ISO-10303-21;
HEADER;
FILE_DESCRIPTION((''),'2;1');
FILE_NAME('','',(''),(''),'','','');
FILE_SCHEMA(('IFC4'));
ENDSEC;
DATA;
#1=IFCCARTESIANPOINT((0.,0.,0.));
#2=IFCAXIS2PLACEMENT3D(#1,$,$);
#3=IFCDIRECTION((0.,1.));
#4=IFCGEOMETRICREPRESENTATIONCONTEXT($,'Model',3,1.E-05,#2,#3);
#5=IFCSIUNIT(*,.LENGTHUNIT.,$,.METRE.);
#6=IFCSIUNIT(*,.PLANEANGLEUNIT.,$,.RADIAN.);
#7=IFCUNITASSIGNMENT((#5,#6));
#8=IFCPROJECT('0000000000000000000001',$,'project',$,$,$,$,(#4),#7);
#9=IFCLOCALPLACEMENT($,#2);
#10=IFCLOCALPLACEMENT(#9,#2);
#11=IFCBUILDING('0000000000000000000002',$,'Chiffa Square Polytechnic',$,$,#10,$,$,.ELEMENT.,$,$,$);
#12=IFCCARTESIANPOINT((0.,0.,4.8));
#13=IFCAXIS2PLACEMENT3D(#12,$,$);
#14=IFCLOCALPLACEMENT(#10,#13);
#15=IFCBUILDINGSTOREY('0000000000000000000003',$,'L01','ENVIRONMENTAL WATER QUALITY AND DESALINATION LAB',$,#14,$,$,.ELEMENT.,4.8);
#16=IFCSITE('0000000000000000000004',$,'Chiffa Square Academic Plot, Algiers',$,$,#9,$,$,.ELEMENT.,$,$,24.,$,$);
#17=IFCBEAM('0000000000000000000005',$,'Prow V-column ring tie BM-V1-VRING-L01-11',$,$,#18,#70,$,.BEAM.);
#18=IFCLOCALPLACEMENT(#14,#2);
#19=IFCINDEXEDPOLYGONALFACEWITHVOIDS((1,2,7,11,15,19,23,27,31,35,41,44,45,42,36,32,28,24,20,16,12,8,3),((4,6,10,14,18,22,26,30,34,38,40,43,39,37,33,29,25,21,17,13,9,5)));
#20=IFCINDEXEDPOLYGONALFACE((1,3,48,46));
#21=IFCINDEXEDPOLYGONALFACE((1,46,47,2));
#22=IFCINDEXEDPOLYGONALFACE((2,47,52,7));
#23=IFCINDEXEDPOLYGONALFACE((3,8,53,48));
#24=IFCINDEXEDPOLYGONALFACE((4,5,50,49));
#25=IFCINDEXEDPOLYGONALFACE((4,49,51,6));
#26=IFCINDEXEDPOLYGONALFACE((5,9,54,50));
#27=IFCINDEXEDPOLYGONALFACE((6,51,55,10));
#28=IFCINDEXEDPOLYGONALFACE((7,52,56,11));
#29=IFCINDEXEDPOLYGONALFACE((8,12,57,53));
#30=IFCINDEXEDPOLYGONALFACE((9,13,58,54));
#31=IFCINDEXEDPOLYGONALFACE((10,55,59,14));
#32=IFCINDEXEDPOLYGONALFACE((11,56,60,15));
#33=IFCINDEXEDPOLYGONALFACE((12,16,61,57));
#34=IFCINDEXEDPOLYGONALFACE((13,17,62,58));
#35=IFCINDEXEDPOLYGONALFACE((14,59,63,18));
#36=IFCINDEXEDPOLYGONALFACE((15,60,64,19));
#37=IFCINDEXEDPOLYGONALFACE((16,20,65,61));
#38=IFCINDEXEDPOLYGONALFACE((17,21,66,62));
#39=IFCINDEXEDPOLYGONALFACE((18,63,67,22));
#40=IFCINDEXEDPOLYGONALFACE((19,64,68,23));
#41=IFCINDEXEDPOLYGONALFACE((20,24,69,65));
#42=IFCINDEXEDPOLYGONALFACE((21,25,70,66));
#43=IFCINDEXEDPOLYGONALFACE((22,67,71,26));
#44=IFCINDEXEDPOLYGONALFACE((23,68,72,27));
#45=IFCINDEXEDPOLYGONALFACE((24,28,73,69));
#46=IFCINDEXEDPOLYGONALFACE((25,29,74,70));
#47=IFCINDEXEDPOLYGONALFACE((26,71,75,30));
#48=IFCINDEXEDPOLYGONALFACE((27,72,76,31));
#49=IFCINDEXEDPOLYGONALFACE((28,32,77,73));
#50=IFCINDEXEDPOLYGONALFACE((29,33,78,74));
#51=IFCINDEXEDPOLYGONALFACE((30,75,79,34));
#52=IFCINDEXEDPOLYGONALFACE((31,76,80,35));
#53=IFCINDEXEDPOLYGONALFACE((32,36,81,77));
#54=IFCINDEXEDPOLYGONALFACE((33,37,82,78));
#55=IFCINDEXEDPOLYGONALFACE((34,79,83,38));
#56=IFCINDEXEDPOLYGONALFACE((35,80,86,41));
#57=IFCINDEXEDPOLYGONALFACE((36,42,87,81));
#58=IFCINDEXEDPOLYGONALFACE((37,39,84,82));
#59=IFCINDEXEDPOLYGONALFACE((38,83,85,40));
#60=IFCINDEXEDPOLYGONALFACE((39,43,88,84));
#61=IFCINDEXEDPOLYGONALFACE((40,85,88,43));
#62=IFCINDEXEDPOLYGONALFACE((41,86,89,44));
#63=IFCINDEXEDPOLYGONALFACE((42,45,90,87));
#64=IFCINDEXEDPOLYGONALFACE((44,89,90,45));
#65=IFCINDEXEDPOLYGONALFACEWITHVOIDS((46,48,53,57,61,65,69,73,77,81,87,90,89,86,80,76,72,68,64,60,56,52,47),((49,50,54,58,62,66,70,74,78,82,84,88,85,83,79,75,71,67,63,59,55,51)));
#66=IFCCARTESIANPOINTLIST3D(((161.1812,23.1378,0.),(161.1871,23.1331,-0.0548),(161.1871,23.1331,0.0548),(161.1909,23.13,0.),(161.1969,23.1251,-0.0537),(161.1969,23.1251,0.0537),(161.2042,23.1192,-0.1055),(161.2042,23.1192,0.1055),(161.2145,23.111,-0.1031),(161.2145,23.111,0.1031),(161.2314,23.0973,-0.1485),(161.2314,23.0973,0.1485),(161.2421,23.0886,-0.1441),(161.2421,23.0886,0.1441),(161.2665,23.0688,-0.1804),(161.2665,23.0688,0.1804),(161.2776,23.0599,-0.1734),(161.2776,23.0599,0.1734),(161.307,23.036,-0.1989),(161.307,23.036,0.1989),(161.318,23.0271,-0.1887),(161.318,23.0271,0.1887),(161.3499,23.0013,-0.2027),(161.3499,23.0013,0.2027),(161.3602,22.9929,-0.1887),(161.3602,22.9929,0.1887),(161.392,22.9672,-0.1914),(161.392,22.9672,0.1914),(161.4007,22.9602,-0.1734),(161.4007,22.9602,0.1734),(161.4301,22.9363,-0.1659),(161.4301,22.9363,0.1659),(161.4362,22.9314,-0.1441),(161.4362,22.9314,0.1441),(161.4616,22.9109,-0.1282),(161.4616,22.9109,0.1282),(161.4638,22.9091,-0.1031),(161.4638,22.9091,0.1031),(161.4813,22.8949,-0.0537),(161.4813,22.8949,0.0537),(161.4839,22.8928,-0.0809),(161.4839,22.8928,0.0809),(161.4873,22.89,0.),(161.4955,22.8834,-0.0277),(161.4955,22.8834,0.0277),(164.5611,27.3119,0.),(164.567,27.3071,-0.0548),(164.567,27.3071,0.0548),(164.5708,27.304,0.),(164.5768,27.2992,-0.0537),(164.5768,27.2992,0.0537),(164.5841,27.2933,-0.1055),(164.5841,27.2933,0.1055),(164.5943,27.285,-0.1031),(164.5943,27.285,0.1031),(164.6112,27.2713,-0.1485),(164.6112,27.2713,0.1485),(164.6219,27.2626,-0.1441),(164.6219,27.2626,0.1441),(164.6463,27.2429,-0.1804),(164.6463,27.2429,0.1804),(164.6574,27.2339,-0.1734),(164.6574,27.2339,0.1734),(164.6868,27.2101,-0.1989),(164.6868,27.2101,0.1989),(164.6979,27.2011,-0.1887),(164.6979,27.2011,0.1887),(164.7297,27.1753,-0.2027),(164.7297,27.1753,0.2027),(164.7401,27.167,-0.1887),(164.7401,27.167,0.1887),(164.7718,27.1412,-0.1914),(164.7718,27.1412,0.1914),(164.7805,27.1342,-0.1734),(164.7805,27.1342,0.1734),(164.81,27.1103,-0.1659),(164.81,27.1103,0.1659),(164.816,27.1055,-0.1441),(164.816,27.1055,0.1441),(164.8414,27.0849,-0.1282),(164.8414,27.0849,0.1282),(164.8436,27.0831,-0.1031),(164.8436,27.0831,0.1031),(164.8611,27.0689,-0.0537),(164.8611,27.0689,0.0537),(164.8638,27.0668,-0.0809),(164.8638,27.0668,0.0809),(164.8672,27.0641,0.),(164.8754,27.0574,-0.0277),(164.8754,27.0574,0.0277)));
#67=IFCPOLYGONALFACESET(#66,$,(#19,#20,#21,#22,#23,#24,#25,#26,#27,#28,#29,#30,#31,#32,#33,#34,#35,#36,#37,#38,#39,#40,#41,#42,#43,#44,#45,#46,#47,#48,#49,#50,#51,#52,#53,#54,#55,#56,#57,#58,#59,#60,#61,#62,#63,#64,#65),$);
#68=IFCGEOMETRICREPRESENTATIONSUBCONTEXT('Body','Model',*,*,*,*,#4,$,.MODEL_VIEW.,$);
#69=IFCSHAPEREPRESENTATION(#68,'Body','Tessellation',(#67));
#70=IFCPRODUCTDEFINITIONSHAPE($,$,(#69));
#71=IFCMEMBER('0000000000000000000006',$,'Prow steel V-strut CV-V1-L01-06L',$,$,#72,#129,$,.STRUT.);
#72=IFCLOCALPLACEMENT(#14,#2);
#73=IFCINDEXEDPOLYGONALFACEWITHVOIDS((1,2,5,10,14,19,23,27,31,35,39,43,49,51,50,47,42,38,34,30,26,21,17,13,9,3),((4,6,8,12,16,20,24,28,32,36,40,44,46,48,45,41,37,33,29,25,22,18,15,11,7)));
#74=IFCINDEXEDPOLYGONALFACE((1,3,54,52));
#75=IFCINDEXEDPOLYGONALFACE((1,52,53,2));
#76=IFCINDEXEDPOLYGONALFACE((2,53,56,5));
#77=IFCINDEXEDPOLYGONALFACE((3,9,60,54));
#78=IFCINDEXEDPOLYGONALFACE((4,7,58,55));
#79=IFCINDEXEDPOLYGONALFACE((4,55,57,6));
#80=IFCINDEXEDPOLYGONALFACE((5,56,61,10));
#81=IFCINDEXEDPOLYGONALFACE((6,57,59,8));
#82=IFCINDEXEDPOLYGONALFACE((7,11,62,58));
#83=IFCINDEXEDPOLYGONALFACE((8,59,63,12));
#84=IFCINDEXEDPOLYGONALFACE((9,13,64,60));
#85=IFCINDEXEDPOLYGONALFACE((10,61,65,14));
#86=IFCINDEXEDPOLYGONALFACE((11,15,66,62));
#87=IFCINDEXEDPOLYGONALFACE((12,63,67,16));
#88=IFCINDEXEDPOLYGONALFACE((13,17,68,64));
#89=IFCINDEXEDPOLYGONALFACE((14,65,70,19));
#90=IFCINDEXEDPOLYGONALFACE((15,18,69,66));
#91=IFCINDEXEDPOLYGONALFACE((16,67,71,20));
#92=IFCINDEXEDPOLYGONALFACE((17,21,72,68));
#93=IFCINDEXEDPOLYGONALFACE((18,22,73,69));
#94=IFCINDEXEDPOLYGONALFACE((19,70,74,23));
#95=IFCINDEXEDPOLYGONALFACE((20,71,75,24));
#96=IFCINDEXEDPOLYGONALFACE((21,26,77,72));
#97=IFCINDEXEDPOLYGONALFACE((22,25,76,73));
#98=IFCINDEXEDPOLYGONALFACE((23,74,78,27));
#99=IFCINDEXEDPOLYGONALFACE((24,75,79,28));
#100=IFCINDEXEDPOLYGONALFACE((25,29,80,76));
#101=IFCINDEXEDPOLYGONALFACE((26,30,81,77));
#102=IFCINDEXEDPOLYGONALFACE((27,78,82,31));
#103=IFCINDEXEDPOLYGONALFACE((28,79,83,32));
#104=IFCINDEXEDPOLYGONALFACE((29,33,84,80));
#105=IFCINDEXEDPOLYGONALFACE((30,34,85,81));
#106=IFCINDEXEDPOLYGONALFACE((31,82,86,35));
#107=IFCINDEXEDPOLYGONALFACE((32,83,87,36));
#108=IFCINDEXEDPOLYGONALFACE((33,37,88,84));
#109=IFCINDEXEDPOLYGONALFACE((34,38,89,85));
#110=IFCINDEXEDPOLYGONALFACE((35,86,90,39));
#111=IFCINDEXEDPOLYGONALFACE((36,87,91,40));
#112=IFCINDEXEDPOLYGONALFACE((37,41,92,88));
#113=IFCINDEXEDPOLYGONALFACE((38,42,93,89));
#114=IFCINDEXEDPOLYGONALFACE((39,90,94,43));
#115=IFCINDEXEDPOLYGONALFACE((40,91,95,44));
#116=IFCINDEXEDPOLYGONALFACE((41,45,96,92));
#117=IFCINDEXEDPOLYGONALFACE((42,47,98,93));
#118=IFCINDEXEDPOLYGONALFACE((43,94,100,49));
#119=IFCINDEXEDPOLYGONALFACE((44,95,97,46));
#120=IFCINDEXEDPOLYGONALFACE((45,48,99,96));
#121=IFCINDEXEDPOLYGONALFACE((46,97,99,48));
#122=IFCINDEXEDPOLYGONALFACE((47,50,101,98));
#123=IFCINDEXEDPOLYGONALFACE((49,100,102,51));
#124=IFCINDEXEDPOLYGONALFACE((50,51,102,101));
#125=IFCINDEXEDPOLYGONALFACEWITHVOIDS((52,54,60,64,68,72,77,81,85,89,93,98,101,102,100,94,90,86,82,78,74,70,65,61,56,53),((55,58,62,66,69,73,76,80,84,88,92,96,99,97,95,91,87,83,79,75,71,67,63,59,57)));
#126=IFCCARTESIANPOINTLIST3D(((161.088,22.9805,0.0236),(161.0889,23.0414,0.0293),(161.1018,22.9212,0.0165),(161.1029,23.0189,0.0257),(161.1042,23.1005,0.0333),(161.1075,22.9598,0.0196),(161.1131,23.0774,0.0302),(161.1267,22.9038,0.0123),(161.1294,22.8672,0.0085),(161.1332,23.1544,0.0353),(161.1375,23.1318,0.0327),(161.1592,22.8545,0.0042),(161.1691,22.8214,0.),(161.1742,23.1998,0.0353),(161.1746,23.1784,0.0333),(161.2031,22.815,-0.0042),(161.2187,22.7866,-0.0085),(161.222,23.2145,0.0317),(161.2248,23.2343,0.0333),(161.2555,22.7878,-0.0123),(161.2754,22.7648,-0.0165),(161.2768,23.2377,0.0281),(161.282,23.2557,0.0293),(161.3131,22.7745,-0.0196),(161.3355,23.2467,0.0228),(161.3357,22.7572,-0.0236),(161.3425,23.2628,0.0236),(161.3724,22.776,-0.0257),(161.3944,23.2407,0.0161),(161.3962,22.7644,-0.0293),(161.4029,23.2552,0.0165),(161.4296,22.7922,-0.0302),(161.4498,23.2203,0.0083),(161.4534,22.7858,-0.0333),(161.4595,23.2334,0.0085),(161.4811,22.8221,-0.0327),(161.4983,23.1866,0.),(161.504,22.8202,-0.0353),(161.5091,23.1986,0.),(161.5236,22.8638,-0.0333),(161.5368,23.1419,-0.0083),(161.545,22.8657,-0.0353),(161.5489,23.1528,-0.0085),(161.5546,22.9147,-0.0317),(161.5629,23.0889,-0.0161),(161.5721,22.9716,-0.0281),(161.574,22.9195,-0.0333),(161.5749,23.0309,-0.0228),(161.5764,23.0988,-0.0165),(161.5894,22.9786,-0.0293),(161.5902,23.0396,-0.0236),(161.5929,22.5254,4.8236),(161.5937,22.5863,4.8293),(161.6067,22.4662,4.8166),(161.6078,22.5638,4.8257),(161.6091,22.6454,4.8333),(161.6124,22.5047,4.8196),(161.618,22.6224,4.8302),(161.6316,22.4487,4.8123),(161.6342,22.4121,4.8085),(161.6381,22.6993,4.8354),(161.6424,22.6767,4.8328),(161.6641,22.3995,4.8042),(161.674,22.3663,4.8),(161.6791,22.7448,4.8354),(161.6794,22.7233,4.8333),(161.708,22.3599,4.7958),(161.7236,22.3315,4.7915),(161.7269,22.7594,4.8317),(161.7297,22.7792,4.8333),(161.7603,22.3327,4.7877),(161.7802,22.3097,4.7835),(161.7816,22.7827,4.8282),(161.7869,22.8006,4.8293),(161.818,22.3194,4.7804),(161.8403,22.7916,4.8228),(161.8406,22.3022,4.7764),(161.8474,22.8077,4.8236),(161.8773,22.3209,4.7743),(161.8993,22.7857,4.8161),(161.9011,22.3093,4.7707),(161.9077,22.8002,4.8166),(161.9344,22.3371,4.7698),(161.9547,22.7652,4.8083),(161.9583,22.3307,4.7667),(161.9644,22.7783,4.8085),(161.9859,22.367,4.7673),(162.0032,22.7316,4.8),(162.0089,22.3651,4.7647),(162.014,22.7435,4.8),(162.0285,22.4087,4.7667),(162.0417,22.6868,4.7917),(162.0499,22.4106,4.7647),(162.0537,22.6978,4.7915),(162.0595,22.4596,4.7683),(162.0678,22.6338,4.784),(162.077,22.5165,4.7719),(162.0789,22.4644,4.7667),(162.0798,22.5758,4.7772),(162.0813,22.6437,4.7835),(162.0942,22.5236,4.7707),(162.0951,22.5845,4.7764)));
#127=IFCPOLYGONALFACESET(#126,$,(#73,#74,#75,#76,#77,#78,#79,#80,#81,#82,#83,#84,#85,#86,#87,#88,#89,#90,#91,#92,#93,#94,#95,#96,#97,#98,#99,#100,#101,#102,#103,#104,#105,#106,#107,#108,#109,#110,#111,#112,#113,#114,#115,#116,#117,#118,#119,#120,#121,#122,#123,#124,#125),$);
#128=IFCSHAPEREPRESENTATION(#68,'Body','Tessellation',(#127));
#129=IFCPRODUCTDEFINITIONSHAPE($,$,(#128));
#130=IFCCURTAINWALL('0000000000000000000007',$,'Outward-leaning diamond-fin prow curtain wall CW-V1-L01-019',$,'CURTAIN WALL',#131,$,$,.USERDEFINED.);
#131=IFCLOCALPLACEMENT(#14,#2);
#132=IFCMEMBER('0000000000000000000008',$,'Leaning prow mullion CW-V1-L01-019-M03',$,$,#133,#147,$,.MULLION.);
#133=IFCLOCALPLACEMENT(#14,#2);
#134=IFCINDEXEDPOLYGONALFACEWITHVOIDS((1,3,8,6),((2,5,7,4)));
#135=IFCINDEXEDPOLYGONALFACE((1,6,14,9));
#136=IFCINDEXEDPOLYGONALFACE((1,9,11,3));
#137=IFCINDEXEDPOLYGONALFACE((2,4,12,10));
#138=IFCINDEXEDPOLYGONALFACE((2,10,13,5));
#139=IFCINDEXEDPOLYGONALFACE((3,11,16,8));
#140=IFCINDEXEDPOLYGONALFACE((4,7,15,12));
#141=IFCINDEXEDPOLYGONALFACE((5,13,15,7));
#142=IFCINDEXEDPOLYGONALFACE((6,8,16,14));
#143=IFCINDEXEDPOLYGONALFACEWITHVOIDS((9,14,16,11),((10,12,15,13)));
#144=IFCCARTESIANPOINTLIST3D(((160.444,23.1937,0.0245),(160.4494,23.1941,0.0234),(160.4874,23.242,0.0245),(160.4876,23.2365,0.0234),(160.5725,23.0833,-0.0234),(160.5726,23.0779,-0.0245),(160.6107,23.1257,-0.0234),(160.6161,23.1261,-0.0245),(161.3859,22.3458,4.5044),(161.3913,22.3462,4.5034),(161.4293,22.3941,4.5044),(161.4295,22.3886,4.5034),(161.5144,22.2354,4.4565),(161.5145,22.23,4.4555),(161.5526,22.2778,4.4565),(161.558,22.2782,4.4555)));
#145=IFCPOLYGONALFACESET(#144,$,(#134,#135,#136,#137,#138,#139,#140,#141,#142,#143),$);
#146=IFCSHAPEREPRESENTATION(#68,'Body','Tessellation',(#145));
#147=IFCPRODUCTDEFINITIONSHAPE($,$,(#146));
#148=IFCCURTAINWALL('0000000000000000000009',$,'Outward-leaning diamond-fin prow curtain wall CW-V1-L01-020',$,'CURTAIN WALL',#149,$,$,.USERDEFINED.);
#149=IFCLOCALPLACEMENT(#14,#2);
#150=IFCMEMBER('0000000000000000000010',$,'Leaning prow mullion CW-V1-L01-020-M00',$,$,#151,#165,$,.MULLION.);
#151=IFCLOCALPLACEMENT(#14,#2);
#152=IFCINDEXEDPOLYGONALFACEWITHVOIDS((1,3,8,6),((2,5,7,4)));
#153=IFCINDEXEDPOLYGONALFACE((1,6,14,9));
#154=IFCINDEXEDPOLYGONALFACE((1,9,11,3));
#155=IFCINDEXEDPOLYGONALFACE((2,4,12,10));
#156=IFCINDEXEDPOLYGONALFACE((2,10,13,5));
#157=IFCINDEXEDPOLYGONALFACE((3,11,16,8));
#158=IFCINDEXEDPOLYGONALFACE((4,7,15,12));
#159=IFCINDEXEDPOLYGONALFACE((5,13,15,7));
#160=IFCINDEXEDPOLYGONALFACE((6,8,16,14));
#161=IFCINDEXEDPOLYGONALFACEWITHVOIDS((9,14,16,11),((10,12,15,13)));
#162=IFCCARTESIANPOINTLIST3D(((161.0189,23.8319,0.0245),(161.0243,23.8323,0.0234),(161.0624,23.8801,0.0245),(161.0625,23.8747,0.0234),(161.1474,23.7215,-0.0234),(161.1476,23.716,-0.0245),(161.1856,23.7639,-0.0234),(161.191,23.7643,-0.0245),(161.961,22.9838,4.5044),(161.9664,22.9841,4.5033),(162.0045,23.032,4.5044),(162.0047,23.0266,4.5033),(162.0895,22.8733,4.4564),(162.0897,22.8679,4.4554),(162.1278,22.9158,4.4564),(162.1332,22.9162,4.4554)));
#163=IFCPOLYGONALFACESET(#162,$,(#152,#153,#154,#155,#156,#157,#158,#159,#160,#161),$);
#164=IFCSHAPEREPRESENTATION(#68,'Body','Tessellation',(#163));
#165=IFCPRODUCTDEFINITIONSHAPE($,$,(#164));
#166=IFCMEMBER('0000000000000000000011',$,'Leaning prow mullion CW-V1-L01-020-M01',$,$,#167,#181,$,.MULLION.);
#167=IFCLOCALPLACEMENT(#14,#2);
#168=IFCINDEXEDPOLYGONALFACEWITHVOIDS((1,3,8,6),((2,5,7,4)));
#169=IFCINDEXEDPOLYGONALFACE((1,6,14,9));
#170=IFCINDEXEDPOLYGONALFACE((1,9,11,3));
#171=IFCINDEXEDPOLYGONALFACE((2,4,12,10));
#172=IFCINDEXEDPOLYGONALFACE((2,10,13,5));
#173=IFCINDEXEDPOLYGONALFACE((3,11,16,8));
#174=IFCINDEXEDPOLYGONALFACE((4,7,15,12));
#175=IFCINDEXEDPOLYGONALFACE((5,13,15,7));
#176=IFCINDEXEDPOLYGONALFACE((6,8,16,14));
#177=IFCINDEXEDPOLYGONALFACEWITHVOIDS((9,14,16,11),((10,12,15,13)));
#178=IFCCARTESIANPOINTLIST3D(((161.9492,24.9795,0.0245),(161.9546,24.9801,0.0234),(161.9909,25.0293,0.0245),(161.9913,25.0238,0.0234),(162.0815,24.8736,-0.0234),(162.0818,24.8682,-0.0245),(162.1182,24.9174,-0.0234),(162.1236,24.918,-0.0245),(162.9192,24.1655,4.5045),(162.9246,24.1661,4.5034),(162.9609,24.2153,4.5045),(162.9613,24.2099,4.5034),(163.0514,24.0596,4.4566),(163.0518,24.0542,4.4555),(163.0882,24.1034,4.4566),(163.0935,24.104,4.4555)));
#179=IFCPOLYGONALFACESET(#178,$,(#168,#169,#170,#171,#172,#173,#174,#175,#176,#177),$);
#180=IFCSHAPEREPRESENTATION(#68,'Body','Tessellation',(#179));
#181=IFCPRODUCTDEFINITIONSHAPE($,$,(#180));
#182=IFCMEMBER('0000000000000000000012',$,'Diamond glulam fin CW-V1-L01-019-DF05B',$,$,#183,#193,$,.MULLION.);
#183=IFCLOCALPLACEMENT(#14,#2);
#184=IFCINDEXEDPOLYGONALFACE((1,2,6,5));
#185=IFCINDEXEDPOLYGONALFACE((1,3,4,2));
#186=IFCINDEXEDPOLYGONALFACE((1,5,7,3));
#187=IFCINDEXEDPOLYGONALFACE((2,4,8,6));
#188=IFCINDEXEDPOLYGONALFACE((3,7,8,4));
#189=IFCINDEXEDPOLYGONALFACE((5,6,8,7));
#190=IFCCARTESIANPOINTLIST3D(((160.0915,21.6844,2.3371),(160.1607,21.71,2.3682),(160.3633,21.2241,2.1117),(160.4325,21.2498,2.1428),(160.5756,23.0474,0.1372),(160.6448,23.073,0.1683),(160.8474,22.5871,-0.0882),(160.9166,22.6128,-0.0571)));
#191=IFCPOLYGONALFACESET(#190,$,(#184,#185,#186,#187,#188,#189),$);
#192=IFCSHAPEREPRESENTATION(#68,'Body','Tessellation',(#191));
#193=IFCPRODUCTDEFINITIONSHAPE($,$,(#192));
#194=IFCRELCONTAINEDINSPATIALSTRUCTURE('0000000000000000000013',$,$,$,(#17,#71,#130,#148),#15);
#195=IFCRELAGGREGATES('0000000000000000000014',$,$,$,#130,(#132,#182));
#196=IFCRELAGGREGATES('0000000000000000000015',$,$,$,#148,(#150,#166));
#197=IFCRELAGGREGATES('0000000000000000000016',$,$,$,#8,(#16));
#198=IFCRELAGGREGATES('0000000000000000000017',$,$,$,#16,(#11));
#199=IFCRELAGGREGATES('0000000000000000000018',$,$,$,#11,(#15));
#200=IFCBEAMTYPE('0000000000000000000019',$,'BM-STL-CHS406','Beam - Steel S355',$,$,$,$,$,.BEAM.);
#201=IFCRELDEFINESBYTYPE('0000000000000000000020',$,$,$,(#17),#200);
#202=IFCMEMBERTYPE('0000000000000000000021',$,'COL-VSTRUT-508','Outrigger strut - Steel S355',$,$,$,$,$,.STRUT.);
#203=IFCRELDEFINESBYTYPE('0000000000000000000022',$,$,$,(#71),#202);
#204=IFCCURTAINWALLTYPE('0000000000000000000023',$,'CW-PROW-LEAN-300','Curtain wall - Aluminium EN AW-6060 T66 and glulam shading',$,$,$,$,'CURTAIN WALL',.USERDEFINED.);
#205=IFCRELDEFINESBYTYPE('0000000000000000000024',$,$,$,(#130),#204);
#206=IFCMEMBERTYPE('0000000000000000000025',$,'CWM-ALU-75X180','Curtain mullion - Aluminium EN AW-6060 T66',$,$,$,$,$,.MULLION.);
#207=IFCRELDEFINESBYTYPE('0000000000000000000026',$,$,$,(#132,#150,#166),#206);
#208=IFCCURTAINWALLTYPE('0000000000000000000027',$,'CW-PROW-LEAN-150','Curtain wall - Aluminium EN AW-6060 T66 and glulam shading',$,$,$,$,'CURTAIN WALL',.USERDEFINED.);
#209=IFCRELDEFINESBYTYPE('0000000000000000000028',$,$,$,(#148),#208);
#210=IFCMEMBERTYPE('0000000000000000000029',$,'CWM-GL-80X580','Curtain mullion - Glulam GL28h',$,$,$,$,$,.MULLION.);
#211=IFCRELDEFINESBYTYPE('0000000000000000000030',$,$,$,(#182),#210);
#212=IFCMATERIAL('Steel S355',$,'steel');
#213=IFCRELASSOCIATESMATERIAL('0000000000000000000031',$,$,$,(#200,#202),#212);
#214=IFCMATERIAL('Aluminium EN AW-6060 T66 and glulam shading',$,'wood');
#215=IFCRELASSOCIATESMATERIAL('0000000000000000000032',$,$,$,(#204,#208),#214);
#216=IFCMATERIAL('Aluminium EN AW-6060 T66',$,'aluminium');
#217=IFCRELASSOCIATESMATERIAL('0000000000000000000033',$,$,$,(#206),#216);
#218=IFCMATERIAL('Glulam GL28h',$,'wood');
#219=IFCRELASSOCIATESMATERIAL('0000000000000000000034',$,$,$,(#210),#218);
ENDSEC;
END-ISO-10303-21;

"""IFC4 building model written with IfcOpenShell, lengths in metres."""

from ifc_helpers import new_model, si_unit, direction, frame, origin, origin_2d, place, context, subcontext, project, spatial, rectangle, hollow_rectangle, hollow_circle, extrude, material, material_profile, profile_set, type_object, element, aggregate, save


model = new_model("IFC4")

# Units and contexts
model_context = context("Model", 3, precision=1e-05, world=origin(), true_north=direction((0.0, 1.0)))
body_context = subcontext(model_context, "Body", "Model", "MODEL_VIEW")
ifc_project = project(units=[si_unit("LENGTHUNIT", "METRE"), si_unit("PLANEANGLEUNIT", "RADIAN")], contexts=[model_context])

# Site, building, storey
site_placement = place(None, origin())
site = spatial("IfcSite", under=ifc_project, at=site_placement, Name="Chiffa Square Academic Plot, Algiers", CompositionType="ELEMENT", RefElevation=24.0)
building_placement = place(site_placement, origin())
building = spatial("IfcBuilding", under=site, at=building_placement, Name="Chiffa Square Polytechnic", CompositionType="ELEMENT")
storey_placement = place(building_placement, frame((0.0, 0.0, 4.8)))
storey = spatial("IfcBuildingStorey", under=building, at=storey_placement, Name="L01", Description="ENVIRONMENTAL WATER QUALITY AND DESALINATION LAB", CompositionType="ELEMENT", Elevation=4.8)

# Beam
ifc_material_1 = material(Name="Steel S355", Category="steel")
ifc_material_profile_1 = material_profile(ifc_material_1, hollow_circle(Radius=0.2031, WallThickness=0.0125, at=origin_2d()), Name="CHS 406.4x12.5")
ifc_profile_set_1 = profile_set([ifc_material_profile_1], Name="Steel S355")
beam_type = type_object("IfcBeamType", Name="BM-STL-CHS406", Description="Beam - Steel S355", PredefinedType="BEAM", material=ifc_profile_set_1)
beam_placement = place(storey_placement, frame((161.3391, 23.01, 0.0), z_axis=(0.629296, 0.777165, 0.0), x_axis=(-0.777165, 0.629296, 0.0)))
element("IfcBeam", 1, at=beam_placement, inside=storey, type_object=beam_type, Name="Prow V-column ring tie BM-V1-VRING-L01-11", PredefinedType="BEAM", context=body_context, shape_type="SweptSolid", body=[
    extrude(hollow_circle(Radius=0.2031, WallThickness=0.0125, at=origin_2d()), origin(), (0.0, 0.0, 1.0), 5.3708),
])

# Member
ifc_material_profile_2 = material_profile(ifc_material_1, hollow_circle(Radius=0.2539, WallThickness=0.0161, at=origin_2d()), Name="CHS 508x16")
ifc_profile_set_2 = profile_set([ifc_material_profile_2], Name="Steel S355")
member_type_1 = type_object("IfcMemberType", Name="COL-VSTRUT-508", Description="Outrigger strut - Steel S355", PredefinedType="STRUT", material=ifc_profile_set_2)
member_1_placement = place(storey_placement, frame((161.3391, 23.01, 0.0), z_axis=(0.104144, -0.093871, 0.990122), x_axis=(0.66952, 0.742794, 0.0)))
element("IfcMember", 2, at=member_1_placement, inside=storey, type_object=member_type_1, Name="Prow steel V-strut CV-V1-L01-06L", PredefinedType="STRUT", context=body_context, shape_type="SweptSolid", body=[
    extrude(hollow_circle(Radius=0.2539, WallThickness=0.0161, at=origin_2d()), origin(), (0.0, 0.0, 1.0), 4.8479),
])

# Curtain wall, member
ifc_material_2 = material(Name="Aluminium EN AW-6060 T66 and glulam shading", Category="wood")
curtain_wall_type_1 = type_object("IfcCurtainWallType", Name="CW-PROW-LEAN-300", Description="Curtain wall - Aluminium EN AW-6060 T66 and glulam shading", ElementType="CURTAIN WALL", PredefinedType="USERDEFINED", material=ifc_material_2)
curtain_wall_1_placement = place(storey_placement, origin())
curtain_wall_1 = element("IfcCurtainWall", 3, at=curtain_wall_1_placement, inside=storey, type_object=curtain_wall_type_1, Name="Outward-leaning diamond-fin prow curtain wall CW-V1-L01-019", ObjectType="CURTAIN WALL", PredefinedType="USERDEFINED")
ifc_material_3 = material(Name="Aluminium EN AW-6060 T66", Category="aluminium")
ifc_material_profile_3 = material_profile(ifc_material_3, hollow_rectangle(XDim=0.0649, YDim=0.1799, WallThickness=0.0039, at=origin_2d()), Name="ALU 65x180x4")
ifc_profile_set_3 = profile_set([ifc_material_profile_3], Name="Aluminium EN AW-6060 T66")
member_type_2 = type_object("IfcMemberType", Name="CWM-ALU-75X180", Description="Curtain mullion - Aluminium EN AW-6060 T66", PredefinedType="MULLION", material=ifc_profile_set_3)
member_2_placement = place(storey_placement, frame((160.53, 23.1599, 0.0), z_axis=(0.202306, -0.182118, 0.96224), x_axis=(0.66905, 0.743218, 0.0)))
member_2 = element("IfcMember", 4, at=member_2_placement, type_object=member_type_2, Name="Leaning prow mullion CW-V1-L01-019-M03", PredefinedType="MULLION", context=body_context, shape_type="SweptSolid", body=[
    extrude(hollow_rectangle(XDim=0.0649, YDim=0.1799, WallThickness=0.0039, at=origin_2d()), origin(), (0.0, 0.0, 1.0), 4.6558),
])

# Curtain wall, members
curtain_wall_type_2 = type_object("IfcCurtainWallType", Name="CW-PROW-LEAN-150", Description="Curtain wall - Aluminium EN AW-6060 T66 and glulam shading", ElementType="CURTAIN WALL", PredefinedType="USERDEFINED", material=ifc_material_2)
curtain_wall_2_placement = place(storey_placement, origin())
curtain_wall_2 = element("IfcCurtainWall", 5, at=curtain_wall_2_placement, inside=storey, type_object=curtain_wall_type_2, Name="Outward-leaning diamond-fin prow curtain wall CW-V1-L01-020", ObjectType="CURTAIN WALL", PredefinedType="USERDEFINED")
member_3_placement = place(storey_placement, frame((161.105, 23.7981, 0.0), z_axis=(0.202355, -0.182166, 0.96222), x_axis=(0.66906, 0.743208, 0.0)))
member_3 = element("IfcMember", 6, at=member_3_placement, type_object=member_type_2, Name="Leaning prow mullion CW-V1-L01-020-M00", PredefinedType="MULLION", context=body_context, shape_type="SweptSolid", body=[
    extrude(hollow_rectangle(XDim=0.0649, YDim=0.1799, WallThickness=0.0039, at=origin_2d()), origin(), (0.0, 0.0, 1.0), 4.6558),
])
member_4_placement = place(storey_placement, frame((162.0364, 24.9487, 0.0), z_axis=(0.20835, -0.17484, 0.9623), x_axis=(0.642817, 0.76602, 0.0)))
member_4 = element("IfcMember", 7, at=member_4_placement, type_object=member_type_2, Name="Leaning prow mullion CW-V1-L01-020-M01", PredefinedType="MULLION", context=body_context, shape_type="SweptSolid", body=[
    extrude(hollow_rectangle(XDim=0.0649, YDim=0.1799, WallThickness=0.0039, at=origin_2d()), origin(), (0.0, 0.0, 1.0), 4.6555),
])

# Member
ifc_material_4 = material(Name="Glulam GL28h", Category="wood")
ifc_material_profile_4 = material_profile(ifc_material_4, rectangle(XDim=0.0801, YDim=0.5801, at=origin_2d()), Name="GL28h 80x580")
ifc_profile_set_4 = profile_set([ifc_material_profile_4], Name="Glulam GL28h")
member_type_3 = type_object("IfcMemberType", Name="CWM-GL-80X580", Description="Curtain mullion - Glulam GL28h", PredefinedType="MULLION", material=ifc_profile_set_4)
member_5_placement = place(storey_placement, frame((160.7461, 22.8301, 0.04), z_axis=(-0.183879, -0.517699, 0.835569), x_axis=(0.864077, 0.320092, 0.388474)))
member_5 = element("IfcMember", 8, at=member_5_placement, type_object=member_type_3, Name="Diamond glulam fin CW-V1-L01-019-DF05B", PredefinedType="MULLION", context=body_context, shape_type="SweptSolid", body=[
    extrude(rectangle(XDim=0.0801, YDim=0.5801, at=origin_2d()), origin(), (0.0, 0.0, 1.0), 2.6328),
])
aggregate(curtain_wall_1, [member_2, member_5])

aggregate(curtain_wall_2, [member_3, member_4])

save(model, "model.ifc")
